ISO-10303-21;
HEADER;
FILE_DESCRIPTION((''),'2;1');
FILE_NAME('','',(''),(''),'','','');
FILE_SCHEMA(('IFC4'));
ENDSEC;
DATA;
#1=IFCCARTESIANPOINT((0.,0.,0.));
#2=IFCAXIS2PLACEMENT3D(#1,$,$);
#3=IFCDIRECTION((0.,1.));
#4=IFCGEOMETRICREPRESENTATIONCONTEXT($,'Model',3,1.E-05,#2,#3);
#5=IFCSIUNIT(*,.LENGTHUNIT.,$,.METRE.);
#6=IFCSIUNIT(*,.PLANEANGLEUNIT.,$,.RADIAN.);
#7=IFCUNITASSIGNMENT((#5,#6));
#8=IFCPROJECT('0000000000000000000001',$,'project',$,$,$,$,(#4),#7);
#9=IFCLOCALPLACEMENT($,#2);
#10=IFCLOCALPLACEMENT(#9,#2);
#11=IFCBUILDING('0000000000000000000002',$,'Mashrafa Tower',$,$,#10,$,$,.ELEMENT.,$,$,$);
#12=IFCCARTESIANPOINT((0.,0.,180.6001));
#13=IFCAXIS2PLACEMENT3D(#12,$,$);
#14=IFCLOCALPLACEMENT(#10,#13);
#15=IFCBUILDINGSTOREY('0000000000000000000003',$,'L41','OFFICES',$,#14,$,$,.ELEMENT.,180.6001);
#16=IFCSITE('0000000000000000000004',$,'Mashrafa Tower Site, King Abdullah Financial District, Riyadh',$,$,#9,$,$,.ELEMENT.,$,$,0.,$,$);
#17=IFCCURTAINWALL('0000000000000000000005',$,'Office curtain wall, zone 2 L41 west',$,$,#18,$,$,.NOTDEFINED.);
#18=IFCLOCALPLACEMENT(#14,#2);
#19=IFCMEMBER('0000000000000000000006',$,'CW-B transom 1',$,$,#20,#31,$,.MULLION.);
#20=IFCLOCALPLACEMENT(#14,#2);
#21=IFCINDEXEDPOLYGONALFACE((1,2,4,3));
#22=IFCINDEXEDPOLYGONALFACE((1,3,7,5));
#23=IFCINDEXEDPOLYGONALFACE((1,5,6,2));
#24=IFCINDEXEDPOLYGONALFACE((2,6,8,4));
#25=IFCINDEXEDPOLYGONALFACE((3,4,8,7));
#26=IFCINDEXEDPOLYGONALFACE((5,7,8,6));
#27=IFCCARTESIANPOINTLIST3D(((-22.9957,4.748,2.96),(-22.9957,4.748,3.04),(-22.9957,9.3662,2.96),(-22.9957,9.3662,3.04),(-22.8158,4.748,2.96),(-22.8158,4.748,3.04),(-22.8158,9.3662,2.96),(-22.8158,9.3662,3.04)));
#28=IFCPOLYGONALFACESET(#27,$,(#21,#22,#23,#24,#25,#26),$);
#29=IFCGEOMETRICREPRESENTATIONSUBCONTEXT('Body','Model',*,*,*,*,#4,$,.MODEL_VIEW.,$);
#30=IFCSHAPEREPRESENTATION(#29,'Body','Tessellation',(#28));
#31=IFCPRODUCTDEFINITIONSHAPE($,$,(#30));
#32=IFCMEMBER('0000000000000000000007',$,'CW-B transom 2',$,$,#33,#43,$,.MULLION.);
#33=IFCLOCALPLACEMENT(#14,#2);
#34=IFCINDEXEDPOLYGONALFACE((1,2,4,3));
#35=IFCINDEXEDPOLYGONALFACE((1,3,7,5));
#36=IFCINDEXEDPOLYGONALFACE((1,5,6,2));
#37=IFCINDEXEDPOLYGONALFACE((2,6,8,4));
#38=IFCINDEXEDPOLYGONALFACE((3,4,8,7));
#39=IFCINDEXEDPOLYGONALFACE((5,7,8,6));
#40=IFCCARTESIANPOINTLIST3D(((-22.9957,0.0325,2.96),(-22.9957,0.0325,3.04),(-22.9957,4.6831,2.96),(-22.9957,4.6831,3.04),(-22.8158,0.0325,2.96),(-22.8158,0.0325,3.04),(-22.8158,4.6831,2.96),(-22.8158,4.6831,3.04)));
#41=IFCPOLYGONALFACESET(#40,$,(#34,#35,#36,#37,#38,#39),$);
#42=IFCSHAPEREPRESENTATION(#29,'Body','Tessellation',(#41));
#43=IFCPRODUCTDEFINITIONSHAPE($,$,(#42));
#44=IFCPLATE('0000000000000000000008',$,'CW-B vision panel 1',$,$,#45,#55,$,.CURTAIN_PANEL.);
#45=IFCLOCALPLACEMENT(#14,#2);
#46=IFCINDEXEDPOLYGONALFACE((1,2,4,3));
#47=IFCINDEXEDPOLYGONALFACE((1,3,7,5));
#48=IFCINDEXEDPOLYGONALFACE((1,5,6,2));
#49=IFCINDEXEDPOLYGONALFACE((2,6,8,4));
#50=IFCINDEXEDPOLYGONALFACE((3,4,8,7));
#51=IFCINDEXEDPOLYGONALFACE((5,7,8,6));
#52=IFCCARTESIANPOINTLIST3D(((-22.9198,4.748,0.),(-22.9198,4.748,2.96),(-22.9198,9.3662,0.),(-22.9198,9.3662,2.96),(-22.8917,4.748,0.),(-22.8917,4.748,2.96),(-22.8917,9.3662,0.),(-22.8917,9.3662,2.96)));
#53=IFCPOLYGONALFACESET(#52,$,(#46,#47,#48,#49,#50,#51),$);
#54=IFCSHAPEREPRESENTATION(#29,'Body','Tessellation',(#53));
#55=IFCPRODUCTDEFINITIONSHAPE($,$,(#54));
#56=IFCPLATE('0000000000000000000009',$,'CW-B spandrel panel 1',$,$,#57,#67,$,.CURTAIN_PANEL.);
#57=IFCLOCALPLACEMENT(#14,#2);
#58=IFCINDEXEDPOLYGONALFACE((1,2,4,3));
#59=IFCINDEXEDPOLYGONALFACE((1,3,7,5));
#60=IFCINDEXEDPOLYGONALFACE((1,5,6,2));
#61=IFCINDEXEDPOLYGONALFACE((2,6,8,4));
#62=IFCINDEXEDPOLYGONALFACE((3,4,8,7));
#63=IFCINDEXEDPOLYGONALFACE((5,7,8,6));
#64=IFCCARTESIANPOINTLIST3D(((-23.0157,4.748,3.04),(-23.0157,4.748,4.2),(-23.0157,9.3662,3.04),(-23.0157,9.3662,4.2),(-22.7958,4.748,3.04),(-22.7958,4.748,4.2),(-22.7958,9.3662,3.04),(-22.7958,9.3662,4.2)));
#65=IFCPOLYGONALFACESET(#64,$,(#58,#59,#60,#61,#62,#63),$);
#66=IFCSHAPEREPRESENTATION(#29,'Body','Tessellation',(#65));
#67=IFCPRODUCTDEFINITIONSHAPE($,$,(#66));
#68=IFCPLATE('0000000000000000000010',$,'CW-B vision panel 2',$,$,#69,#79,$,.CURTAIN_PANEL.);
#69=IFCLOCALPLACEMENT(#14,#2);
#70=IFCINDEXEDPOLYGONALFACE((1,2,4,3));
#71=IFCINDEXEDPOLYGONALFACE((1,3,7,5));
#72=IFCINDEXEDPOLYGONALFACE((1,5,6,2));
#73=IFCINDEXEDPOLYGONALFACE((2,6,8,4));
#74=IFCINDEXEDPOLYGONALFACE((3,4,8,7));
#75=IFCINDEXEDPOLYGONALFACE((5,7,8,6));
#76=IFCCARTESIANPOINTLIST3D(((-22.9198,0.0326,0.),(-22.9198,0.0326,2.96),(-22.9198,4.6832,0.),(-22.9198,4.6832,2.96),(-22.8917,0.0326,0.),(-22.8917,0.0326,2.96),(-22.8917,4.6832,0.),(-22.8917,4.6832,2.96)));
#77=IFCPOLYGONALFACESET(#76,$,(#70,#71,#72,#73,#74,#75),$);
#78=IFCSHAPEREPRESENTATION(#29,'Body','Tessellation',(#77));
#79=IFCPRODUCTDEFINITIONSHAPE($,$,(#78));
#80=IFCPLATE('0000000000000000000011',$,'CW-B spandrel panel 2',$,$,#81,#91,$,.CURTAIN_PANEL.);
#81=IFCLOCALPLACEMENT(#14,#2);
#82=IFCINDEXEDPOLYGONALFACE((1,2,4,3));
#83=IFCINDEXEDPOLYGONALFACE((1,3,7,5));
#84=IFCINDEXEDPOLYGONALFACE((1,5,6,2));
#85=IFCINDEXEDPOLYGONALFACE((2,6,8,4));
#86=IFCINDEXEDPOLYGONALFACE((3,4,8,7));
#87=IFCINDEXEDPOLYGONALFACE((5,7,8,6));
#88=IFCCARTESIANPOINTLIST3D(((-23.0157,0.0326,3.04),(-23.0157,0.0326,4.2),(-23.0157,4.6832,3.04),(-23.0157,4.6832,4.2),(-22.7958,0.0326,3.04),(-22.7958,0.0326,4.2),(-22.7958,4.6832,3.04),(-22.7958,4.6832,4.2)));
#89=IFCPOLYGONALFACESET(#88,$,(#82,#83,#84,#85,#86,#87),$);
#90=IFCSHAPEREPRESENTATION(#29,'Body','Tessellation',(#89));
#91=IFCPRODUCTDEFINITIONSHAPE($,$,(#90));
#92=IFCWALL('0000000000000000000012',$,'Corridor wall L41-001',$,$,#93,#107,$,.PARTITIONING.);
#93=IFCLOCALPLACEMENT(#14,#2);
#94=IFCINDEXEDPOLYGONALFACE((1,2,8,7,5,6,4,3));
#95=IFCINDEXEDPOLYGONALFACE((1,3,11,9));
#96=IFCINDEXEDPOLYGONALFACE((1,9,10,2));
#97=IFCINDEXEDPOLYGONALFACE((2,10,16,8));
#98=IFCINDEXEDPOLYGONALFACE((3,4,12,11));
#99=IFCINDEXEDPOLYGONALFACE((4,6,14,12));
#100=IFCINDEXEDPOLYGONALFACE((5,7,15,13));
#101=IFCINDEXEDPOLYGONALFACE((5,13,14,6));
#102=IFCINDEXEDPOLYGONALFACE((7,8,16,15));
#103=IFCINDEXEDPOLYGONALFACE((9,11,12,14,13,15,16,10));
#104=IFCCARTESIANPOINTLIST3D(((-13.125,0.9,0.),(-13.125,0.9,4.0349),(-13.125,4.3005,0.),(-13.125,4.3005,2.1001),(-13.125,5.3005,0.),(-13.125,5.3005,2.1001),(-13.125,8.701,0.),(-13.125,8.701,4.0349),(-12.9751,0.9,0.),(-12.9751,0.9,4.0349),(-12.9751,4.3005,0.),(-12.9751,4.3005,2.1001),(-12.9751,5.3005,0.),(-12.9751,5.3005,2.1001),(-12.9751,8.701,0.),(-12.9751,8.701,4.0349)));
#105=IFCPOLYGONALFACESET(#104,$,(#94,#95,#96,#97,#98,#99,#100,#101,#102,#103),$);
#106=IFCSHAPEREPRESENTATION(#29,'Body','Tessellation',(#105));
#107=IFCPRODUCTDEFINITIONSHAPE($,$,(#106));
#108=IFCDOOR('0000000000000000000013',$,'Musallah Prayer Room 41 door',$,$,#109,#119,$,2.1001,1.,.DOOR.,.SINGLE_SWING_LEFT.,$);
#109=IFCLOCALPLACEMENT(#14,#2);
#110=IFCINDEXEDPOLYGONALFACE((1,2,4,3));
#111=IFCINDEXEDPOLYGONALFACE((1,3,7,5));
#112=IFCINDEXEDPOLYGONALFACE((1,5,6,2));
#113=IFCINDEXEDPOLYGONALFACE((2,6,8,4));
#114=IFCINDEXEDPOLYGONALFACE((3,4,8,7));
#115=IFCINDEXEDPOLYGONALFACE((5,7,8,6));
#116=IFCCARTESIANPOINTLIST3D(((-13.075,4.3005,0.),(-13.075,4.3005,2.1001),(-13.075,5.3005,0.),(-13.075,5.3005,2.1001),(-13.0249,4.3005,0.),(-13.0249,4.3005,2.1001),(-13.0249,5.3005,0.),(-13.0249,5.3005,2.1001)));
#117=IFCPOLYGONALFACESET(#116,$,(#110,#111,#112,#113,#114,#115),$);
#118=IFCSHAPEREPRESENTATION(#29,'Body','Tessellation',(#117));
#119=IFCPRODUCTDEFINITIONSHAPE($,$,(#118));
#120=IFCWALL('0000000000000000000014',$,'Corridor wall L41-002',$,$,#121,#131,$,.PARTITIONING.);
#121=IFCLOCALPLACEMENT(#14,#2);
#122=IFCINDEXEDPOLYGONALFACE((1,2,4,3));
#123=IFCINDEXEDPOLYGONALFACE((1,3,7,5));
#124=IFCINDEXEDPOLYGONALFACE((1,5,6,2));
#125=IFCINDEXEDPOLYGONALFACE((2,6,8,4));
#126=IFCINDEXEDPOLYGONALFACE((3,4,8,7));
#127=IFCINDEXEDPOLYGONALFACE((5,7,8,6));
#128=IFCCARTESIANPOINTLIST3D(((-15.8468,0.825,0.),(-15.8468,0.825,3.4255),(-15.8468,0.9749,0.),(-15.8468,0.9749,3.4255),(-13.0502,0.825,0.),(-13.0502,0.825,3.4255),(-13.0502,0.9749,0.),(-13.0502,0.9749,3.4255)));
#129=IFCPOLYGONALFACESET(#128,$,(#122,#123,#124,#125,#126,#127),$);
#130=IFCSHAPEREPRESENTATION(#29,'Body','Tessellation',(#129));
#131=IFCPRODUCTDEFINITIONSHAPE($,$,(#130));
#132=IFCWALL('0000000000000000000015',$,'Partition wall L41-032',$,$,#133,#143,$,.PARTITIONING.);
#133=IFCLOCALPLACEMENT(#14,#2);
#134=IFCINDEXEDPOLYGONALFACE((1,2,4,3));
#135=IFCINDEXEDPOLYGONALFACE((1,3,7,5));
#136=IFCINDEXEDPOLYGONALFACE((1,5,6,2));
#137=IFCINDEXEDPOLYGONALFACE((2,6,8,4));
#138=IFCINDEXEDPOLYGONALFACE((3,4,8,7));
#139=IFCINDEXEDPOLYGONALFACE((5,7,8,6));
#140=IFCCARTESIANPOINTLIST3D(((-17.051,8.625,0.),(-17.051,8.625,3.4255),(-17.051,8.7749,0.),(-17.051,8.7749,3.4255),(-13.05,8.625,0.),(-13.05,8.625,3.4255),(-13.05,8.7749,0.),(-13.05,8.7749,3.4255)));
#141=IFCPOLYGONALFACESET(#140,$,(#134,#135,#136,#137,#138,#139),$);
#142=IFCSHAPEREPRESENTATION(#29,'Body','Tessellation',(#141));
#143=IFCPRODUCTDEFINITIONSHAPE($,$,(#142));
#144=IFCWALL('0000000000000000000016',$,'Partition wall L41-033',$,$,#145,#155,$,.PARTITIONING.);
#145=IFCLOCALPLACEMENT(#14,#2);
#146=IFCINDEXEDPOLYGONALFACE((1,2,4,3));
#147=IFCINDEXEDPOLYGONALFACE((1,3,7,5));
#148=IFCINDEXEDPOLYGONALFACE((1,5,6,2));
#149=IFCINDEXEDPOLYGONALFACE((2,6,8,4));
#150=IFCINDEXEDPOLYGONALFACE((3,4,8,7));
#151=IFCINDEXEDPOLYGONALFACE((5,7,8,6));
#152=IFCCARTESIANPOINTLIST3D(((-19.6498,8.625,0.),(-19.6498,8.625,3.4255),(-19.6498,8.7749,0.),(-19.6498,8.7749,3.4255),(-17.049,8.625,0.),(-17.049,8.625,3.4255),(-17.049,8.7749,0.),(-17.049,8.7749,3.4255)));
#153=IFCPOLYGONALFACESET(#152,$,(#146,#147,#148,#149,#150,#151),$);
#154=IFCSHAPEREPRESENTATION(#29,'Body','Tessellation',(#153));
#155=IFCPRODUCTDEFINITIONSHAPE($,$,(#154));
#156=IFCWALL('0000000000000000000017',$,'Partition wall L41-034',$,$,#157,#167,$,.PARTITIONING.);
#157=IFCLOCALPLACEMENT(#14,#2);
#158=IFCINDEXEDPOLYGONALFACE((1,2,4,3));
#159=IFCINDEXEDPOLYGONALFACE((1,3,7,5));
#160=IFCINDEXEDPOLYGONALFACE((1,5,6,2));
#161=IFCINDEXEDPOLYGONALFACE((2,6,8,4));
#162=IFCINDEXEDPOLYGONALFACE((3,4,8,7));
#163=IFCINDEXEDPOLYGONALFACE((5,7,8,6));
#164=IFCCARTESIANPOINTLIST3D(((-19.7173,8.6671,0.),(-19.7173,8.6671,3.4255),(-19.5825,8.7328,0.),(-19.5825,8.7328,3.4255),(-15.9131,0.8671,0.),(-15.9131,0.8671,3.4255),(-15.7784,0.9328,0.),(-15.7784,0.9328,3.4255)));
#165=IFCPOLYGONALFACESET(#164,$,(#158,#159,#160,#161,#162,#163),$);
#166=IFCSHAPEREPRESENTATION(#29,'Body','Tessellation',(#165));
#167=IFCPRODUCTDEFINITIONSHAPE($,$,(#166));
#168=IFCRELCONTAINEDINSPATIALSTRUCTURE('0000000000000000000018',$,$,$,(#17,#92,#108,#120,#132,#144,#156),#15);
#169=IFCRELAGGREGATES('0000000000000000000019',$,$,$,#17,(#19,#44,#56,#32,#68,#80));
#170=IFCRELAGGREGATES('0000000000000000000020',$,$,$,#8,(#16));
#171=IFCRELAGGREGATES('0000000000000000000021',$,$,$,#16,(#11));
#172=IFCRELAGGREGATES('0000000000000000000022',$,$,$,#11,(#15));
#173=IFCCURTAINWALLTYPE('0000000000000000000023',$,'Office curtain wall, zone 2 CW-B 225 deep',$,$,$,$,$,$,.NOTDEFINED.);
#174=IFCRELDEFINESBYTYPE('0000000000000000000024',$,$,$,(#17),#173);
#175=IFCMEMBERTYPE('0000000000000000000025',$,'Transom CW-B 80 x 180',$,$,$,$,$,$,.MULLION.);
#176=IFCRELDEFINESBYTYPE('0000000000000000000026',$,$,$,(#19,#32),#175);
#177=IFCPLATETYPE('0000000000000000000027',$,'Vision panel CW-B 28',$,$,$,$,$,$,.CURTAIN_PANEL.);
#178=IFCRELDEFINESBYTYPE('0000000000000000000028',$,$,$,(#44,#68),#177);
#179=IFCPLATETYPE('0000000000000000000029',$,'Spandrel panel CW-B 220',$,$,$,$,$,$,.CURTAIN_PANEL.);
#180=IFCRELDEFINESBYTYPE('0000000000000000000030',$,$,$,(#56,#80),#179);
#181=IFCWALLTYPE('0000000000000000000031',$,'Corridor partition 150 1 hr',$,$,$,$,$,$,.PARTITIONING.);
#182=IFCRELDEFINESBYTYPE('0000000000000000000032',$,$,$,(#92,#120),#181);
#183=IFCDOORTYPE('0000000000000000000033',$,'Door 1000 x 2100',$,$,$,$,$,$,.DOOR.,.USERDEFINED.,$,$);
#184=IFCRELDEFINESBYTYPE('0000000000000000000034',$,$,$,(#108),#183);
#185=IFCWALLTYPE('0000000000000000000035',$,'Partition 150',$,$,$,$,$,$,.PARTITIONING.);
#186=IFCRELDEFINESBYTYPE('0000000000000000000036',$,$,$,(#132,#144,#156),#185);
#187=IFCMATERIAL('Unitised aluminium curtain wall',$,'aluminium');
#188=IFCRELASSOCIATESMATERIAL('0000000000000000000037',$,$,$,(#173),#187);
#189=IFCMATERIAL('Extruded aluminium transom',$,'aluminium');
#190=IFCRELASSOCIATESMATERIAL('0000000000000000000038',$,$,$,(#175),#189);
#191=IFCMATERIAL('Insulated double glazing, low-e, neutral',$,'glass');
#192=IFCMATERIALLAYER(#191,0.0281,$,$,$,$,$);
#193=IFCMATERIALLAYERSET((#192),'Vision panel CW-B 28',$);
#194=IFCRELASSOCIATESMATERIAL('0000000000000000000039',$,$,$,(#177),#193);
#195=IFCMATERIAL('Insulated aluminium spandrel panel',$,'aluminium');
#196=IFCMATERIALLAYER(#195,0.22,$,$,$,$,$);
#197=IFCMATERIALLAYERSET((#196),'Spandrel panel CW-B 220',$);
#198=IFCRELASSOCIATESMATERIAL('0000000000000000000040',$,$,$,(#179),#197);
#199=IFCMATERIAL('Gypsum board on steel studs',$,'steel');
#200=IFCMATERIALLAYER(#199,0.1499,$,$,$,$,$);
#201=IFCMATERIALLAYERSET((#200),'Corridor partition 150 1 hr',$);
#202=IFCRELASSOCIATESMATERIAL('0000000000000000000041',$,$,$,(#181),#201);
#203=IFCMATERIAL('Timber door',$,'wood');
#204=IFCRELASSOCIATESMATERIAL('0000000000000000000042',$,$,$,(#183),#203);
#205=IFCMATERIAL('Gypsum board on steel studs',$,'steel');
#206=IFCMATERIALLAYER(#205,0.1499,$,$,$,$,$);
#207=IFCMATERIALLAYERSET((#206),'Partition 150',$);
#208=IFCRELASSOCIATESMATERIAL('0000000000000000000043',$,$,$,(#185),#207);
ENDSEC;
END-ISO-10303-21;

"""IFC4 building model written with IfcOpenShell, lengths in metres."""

from ifc_helpers import new_model, si_unit, direction, frame, frame_2d, origin, origin_2d, place, context, subcontext, project, spatial, rectangle, extrude, source, transform, mapped, material, layer, layer_set, material_profile, profile_set, type_object, type_shapes, element, fill, aggregate, save


model = new_model("IFC4")

# Units and contexts
model_context = context("Model", 3, precision=1e-05, world=origin(), true_north=direction((0.0, 1.0)))
body_context = subcontext(model_context, "Body", "Model", "MODEL_VIEW")
ifc_project = project(units=[si_unit("LENGTHUNIT", "METRE"), si_unit("PLANEANGLEUNIT", "RADIAN")], contexts=[model_context])

# Site, building, storey
site_placement = place(None, origin())
site = spatial("IfcSite", under=ifc_project, at=site_placement, Name="Mashrafa Tower Site, King Abdullah Financial District, Riyadh", CompositionType="ELEMENT", RefElevation=0.0)
building_placement = place(site_placement, origin())
building = spatial("IfcBuilding", under=site, at=building_placement, Name="Mashrafa Tower", CompositionType="ELEMENT")
storey_placement = place(building_placement, frame((0.0, 0.0, 180.6001)))
storey = spatial("IfcBuildingStorey", under=building, at=storey_placement, Name="L41", Description="OFFICES", CompositionType="ELEMENT", Elevation=180.6001)

# Shared definitions
ifc_material_1 = material(Name="Unitised aluminium curtain wall", Category="aluminium")
curtain_wall_type = type_object("IfcCurtainWallType", Name="Office curtain wall, zone 2 CW-B 225 deep", PredefinedType="NOTDEFINED", material=ifc_material_1)

# Curtain wall, members, plates
curtain_wall_1_placement = place(storey_placement, origin())
curtain_wall_1 = element("IfcCurtainWall", 1, at=curtain_wall_1_placement, inside=storey, type_object=curtain_wall_type, Name="Office curtain wall, zone 2 L41 west", PredefinedType="NOTDEFINED")
ifc_material_2 = material(Name="Extruded aluminium transom", Category="aluminium")
ifc_material_profile_1 = material_profile(ifc_material_2, rectangle(XDim=0.1799, YDim=0.0801, at=origin_2d()), Name="Transom 80x180")
ifc_profile_set_1 = profile_set([ifc_material_profile_1], Name="Extruded aluminium transom")
member_type_1 = type_object("IfcMemberType", Name="Transom CW-B 80 x 180", PredefinedType="MULLION", material=ifc_profile_set_1)
shared_shape_1 = source(origin(), body_context, "Body", "SweptSolid", [
    extrude(rectangle(XDim=0.1799, YDim=0.0801, at=origin_2d()), origin(), (0.0, 0.0, 1.0), 4.6182),
])
member_1_placement = place(storey_placement, frame((-22.9058, 9.3662, 3.0), z_axis=(0.0, -1.0, 0.0), x_axis=(1.0, 0.0, 0.0)))
member_1 = element("IfcMember", 2, at=member_1_placement, type_object=member_type_1, Name="CW-B transom 1", PredefinedType="MULLION", context=body_context, shape_type="MappedRepresentation", body=[
    mapped(shared_shape_1, transform((0.0, 0.0, 0.0))),
])
shared_shape_2 = source(origin(), body_context, "Body", "SweptSolid", [
    extrude(rectangle(XDim=0.1799, YDim=0.0801, at=origin_2d()), origin(), (0.0, 0.0, 1.0), 4.6506),
])
type_shapes(member_type_1, [shared_shape_1, shared_shape_2])
member_2_placement = place(storey_placement, frame((-22.9058, 4.6831, 3.0), z_axis=(0.0, -1.0, 0.0), x_axis=(1.0, 0.0, 0.0)))
member_2 = element("IfcMember", 3, at=member_2_placement, type_object=member_type_1, Name="CW-B transom 2", PredefinedType="MULLION", context=body_context, shape_type="MappedRepresentation", body=[
    mapped(shared_shape_2, transform((0.0, 0.0, 0.0))),
])
ifc_material_3 = material(Name="Insulated double glazing, low-e, neutral", Category="glass")
ifc_layer_1 = layer(ifc_material_3, 0.0281)
ifc_layer_set_1 = layer_set([ifc_layer_1], Name="Vision panel CW-B 28")
plate_type_1 = type_object("IfcPlateType", Name="Vision panel CW-B 28", PredefinedType="CURTAIN_PANEL", material=ifc_layer_set_1)
shared_shape_3 = source(origin(), body_context, "Body", "SweptSolid", [
    extrude(rectangle(XDim=4.6182, YDim=0.0281, at=origin_2d()), origin(), (0.0, 0.0, 1.0), 2.96),
])
plate_1_placement = place(storey_placement, frame((-22.9058, 7.0571, 0.0), z_axis=(0.0, 0.0, 1.0), x_axis=(0.0, -1.0, 0.0)))
plate_1 = element("IfcPlate", 4, at=plate_1_placement, type_object=plate_type_1, Name="CW-B vision panel 1", PredefinedType="CURTAIN_PANEL", context=body_context, shape_type="MappedRepresentation", body=[
    mapped(shared_shape_3, transform((0.0, 0.0, 0.0))),
])
ifc_material_4 = material(Name="Insulated aluminium spandrel panel", Category="aluminium")
ifc_layer_2 = layer(ifc_material_4, 0.22)
ifc_layer_set_2 = layer_set([ifc_layer_2], Name="Spandrel panel CW-B 220")
plate_type_2 = type_object("IfcPlateType", Name="Spandrel panel CW-B 220", PredefinedType="CURTAIN_PANEL", material=ifc_layer_set_2)
shared_shape_4 = source(origin(), body_context, "Body", "SweptSolid", [
    extrude(rectangle(XDim=4.6182, YDim=0.22, at=origin_2d()), origin(), (0.0, 0.0, 1.0), 1.1599),
])
plate_2_placement = place(storey_placement, frame((-22.9058, 7.0571, 3.04), z_axis=(0.0, 0.0, 1.0), x_axis=(0.0, -1.0, 0.0)))
plate_2 = element("IfcPlate", 5, at=plate_2_placement, type_object=plate_type_2, Name="CW-B spandrel panel 1", PredefinedType="CURTAIN_PANEL", context=body_context, shape_type="MappedRepresentation", body=[
    mapped(shared_shape_4, transform((0.0, 0.0, 0.0))),
])
shared_shape_5 = source(origin(), body_context, "Body", "SweptSolid", [
    extrude(rectangle(XDim=4.6506, YDim=0.0281, at=origin_2d()), origin(), (0.0, 0.0, 1.0), 2.96),
])
type_shapes(plate_type_1, [shared_shape_3, shared_shape_5])
plate_3_placement = place(storey_placement, frame((-22.9058, 2.3579, 0.0), z_axis=(0.0, 0.0, 1.0), x_axis=(0.0, -1.0, 0.0)))
plate_3 = element("IfcPlate", 6, at=plate_3_placement, type_object=plate_type_1, Name="CW-B vision panel 2", PredefinedType="CURTAIN_PANEL", context=body_context, shape_type="MappedRepresentation", body=[
    mapped(shared_shape_5, transform((0.0, 0.0, 0.0))),
])
shared_shape_6 = source(origin(), body_context, "Body", "SweptSolid", [
    extrude(rectangle(XDim=4.6506, YDim=0.22, at=origin_2d()), origin(), (0.0, 0.0, 1.0), 1.1599),
])
type_shapes(plate_type_2, [shared_shape_4, shared_shape_6])
plate_4_placement = place(storey_placement, frame((-22.9058, 2.3579, 3.04), z_axis=(0.0, 0.0, 1.0), x_axis=(0.0, -1.0, 0.0)))
plate_4 = element("IfcPlate", 7, at=plate_4_placement, type_object=plate_type_2, Name="CW-B spandrel panel 2", PredefinedType="CURTAIN_PANEL", context=body_context, shape_type="MappedRepresentation", body=[
    mapped(shared_shape_6, transform((0.0, 0.0, 0.0))),
])
aggregate(curtain_wall_1, [member_1, plate_1, plate_2, member_2, plate_3, plate_4])

# Wall, opening, door
ifc_material_5 = material(Name="Gypsum board on steel studs", Category="steel")
ifc_layer_3 = layer(ifc_material_5, 0.1499)
ifc_layer_set_3 = layer_set([ifc_layer_3], Name="Corridor partition 150 1 hr")
wall_type_1 = type_object("IfcWallType", Name="Corridor partition 150 1 hr", PredefinedType="PARTITIONING", material=ifc_layer_set_3)
wall_1_placement = place(storey_placement, frame((-13.05, 8.7009, 0.0), z_axis=(0.0, 0.0, 1.0), x_axis=(0.0, -1.0, 0.0)))
wall_1 = element("IfcWall", 8, at=wall_1_placement, inside=storey, type_object=wall_type_1, Name="Corridor wall L41-001", PredefinedType="PARTITIONING", context=body_context, shape_type="SweptSolid", body=[
    extrude(rectangle(XDim=7.801, YDim=0.1499, at=frame_2d((3.9004, 0.0))), origin(), (0.0, 0.0, 1.0), 4.0349),
])
opening_1_placement = place(wall_1_placement, frame((3.4004, 0.0, 0.0)))
opening_1 = element("IfcOpeningElement", 9, at=opening_1_placement, cuts=wall_1, PredefinedType="OPENING", context=body_context, shape_type="SweptSolid", body=[
    extrude(rectangle(XDim=1.0, YDim=2.1001, at=frame_2d((0.5, 1.05))), frame((0.0, 0.085, 0.0), z_axis=(0.0, -1.0, 0.0), x_axis=(1.0, 0.0, 0.0)), (0.0, 0.0, 1.0), 0.1699),
])
ifc_material_6 = material(Name="Timber door", Category="wood")
door_type_1 = type_object("IfcDoorType", Name="Door 1000 x 2100", OperationType="USERDEFINED", PredefinedType="DOOR", material=ifc_material_6)
door_1_placement = place(opening_1_placement, frame((1.0, 0.0, 0.0), z_axis=(0.0, 0.0, 1.0), x_axis=(-1.0, 0.0, 0.0)))
door_1 = element("IfcDoor", 10, at=door_1_placement, inside=storey, type_object=door_type_1, Name="Musallah Prayer Room 41 door", OperationType="SINGLE_SWING_LEFT", OverallHeight=2.1001, OverallWidth=1.0, PredefinedType="DOOR", context=body_context, shape_type="SweptSolid", body=[
    extrude(rectangle(XDim=1.0, YDim=2.1001, at=frame_2d((0.5, 1.05))), frame((0.0, 0.0249, 0.0), z_axis=(0.0, -1.0, 0.0), x_axis=(1.0, 0.0, 0.0)), (0.0, 0.0, 1.0), 0.05),
])
fill(opening_1, door_1)

# Wall
wall_2_placement = place(storey_placement, frame((-13.05, 0.8999, 0.0), z_axis=(0.0, 0.0, 1.0), x_axis=(-1.0, 0.0, 0.0)))
element("IfcWall", 11, at=wall_2_placement, inside=storey, type_object=wall_type_1, Name="Corridor wall L41-002", PredefinedType="PARTITIONING", context=body_context, shape_type="SweptSolid", body=[
    extrude(rectangle(XDim=2.7966, YDim=0.1499, at=frame_2d((1.3984, 0.0))), origin(), (0.0, 0.0, 1.0), 3.4255),
])

# Walls
ifc_material_7 = material(Name="Gypsum board on steel studs", Category="steel")
ifc_layer_4 = layer(ifc_material_7, 0.1499)
ifc_layer_set_4 = layer_set([ifc_layer_4], Name="Partition 150")
wall_type_2 = type_object("IfcWallType", Name="Partition 150", PredefinedType="PARTITIONING", material=ifc_layer_set_4)
wall_3_placement = place(storey_placement, frame((-13.05, 8.7, 0.0), z_axis=(0.0, 0.0, 1.0), x_axis=(-1.0, 0.0, 0.0)))
element("IfcWall", 12, at=wall_3_placement, inside=storey, type_object=wall_type_2, Name="Partition wall L41-032", PredefinedType="PARTITIONING", context=body_context, shape_type="SweptSolid", body=[
    extrude(rectangle(XDim=4.001, YDim=0.1499, at=frame_2d((2.0005, 0.0))), origin(), (0.0, 0.0, 1.0), 3.4255),
])
wall_4_placement = place(storey_placement, frame((-17.0491, 8.7, 0.0), z_axis=(0.0, 0.0, 1.0), x_axis=(-1.0, 0.0, 0.0)))
element("IfcWall", 13, at=wall_4_placement, inside=storey, type_object=wall_type_2, Name="Partition wall L41-033", PredefinedType="PARTITIONING", context=body_context, shape_type="SweptSolid", body=[
    extrude(rectangle(XDim=2.6008, YDim=0.1499, at=frame_2d((1.3003, 0.0))), origin(), (0.0, 0.0, 1.0), 3.4255),
])
wall_5_placement = place(storey_placement, frame((-19.6499, 8.7, 0.0), z_axis=(0.0, 0.0, 1.0), x_axis=(0.438358, -0.8988, 0.0)))
element("IfcWall", 14, at=wall_5_placement, inside=storey, type_object=wall_type_2, Name="Partition wall L41-034", PredefinedType="PARTITIONING", context=body_context, shape_type="SweptSolid", body=[
    extrude(rectangle(XDim=8.6782, YDim=0.1499, at=frame_2d((4.3391, 0.0))), origin(), (0.0, 0.0, 1.0), 3.4255),
])

save(model, "model.ifc")
